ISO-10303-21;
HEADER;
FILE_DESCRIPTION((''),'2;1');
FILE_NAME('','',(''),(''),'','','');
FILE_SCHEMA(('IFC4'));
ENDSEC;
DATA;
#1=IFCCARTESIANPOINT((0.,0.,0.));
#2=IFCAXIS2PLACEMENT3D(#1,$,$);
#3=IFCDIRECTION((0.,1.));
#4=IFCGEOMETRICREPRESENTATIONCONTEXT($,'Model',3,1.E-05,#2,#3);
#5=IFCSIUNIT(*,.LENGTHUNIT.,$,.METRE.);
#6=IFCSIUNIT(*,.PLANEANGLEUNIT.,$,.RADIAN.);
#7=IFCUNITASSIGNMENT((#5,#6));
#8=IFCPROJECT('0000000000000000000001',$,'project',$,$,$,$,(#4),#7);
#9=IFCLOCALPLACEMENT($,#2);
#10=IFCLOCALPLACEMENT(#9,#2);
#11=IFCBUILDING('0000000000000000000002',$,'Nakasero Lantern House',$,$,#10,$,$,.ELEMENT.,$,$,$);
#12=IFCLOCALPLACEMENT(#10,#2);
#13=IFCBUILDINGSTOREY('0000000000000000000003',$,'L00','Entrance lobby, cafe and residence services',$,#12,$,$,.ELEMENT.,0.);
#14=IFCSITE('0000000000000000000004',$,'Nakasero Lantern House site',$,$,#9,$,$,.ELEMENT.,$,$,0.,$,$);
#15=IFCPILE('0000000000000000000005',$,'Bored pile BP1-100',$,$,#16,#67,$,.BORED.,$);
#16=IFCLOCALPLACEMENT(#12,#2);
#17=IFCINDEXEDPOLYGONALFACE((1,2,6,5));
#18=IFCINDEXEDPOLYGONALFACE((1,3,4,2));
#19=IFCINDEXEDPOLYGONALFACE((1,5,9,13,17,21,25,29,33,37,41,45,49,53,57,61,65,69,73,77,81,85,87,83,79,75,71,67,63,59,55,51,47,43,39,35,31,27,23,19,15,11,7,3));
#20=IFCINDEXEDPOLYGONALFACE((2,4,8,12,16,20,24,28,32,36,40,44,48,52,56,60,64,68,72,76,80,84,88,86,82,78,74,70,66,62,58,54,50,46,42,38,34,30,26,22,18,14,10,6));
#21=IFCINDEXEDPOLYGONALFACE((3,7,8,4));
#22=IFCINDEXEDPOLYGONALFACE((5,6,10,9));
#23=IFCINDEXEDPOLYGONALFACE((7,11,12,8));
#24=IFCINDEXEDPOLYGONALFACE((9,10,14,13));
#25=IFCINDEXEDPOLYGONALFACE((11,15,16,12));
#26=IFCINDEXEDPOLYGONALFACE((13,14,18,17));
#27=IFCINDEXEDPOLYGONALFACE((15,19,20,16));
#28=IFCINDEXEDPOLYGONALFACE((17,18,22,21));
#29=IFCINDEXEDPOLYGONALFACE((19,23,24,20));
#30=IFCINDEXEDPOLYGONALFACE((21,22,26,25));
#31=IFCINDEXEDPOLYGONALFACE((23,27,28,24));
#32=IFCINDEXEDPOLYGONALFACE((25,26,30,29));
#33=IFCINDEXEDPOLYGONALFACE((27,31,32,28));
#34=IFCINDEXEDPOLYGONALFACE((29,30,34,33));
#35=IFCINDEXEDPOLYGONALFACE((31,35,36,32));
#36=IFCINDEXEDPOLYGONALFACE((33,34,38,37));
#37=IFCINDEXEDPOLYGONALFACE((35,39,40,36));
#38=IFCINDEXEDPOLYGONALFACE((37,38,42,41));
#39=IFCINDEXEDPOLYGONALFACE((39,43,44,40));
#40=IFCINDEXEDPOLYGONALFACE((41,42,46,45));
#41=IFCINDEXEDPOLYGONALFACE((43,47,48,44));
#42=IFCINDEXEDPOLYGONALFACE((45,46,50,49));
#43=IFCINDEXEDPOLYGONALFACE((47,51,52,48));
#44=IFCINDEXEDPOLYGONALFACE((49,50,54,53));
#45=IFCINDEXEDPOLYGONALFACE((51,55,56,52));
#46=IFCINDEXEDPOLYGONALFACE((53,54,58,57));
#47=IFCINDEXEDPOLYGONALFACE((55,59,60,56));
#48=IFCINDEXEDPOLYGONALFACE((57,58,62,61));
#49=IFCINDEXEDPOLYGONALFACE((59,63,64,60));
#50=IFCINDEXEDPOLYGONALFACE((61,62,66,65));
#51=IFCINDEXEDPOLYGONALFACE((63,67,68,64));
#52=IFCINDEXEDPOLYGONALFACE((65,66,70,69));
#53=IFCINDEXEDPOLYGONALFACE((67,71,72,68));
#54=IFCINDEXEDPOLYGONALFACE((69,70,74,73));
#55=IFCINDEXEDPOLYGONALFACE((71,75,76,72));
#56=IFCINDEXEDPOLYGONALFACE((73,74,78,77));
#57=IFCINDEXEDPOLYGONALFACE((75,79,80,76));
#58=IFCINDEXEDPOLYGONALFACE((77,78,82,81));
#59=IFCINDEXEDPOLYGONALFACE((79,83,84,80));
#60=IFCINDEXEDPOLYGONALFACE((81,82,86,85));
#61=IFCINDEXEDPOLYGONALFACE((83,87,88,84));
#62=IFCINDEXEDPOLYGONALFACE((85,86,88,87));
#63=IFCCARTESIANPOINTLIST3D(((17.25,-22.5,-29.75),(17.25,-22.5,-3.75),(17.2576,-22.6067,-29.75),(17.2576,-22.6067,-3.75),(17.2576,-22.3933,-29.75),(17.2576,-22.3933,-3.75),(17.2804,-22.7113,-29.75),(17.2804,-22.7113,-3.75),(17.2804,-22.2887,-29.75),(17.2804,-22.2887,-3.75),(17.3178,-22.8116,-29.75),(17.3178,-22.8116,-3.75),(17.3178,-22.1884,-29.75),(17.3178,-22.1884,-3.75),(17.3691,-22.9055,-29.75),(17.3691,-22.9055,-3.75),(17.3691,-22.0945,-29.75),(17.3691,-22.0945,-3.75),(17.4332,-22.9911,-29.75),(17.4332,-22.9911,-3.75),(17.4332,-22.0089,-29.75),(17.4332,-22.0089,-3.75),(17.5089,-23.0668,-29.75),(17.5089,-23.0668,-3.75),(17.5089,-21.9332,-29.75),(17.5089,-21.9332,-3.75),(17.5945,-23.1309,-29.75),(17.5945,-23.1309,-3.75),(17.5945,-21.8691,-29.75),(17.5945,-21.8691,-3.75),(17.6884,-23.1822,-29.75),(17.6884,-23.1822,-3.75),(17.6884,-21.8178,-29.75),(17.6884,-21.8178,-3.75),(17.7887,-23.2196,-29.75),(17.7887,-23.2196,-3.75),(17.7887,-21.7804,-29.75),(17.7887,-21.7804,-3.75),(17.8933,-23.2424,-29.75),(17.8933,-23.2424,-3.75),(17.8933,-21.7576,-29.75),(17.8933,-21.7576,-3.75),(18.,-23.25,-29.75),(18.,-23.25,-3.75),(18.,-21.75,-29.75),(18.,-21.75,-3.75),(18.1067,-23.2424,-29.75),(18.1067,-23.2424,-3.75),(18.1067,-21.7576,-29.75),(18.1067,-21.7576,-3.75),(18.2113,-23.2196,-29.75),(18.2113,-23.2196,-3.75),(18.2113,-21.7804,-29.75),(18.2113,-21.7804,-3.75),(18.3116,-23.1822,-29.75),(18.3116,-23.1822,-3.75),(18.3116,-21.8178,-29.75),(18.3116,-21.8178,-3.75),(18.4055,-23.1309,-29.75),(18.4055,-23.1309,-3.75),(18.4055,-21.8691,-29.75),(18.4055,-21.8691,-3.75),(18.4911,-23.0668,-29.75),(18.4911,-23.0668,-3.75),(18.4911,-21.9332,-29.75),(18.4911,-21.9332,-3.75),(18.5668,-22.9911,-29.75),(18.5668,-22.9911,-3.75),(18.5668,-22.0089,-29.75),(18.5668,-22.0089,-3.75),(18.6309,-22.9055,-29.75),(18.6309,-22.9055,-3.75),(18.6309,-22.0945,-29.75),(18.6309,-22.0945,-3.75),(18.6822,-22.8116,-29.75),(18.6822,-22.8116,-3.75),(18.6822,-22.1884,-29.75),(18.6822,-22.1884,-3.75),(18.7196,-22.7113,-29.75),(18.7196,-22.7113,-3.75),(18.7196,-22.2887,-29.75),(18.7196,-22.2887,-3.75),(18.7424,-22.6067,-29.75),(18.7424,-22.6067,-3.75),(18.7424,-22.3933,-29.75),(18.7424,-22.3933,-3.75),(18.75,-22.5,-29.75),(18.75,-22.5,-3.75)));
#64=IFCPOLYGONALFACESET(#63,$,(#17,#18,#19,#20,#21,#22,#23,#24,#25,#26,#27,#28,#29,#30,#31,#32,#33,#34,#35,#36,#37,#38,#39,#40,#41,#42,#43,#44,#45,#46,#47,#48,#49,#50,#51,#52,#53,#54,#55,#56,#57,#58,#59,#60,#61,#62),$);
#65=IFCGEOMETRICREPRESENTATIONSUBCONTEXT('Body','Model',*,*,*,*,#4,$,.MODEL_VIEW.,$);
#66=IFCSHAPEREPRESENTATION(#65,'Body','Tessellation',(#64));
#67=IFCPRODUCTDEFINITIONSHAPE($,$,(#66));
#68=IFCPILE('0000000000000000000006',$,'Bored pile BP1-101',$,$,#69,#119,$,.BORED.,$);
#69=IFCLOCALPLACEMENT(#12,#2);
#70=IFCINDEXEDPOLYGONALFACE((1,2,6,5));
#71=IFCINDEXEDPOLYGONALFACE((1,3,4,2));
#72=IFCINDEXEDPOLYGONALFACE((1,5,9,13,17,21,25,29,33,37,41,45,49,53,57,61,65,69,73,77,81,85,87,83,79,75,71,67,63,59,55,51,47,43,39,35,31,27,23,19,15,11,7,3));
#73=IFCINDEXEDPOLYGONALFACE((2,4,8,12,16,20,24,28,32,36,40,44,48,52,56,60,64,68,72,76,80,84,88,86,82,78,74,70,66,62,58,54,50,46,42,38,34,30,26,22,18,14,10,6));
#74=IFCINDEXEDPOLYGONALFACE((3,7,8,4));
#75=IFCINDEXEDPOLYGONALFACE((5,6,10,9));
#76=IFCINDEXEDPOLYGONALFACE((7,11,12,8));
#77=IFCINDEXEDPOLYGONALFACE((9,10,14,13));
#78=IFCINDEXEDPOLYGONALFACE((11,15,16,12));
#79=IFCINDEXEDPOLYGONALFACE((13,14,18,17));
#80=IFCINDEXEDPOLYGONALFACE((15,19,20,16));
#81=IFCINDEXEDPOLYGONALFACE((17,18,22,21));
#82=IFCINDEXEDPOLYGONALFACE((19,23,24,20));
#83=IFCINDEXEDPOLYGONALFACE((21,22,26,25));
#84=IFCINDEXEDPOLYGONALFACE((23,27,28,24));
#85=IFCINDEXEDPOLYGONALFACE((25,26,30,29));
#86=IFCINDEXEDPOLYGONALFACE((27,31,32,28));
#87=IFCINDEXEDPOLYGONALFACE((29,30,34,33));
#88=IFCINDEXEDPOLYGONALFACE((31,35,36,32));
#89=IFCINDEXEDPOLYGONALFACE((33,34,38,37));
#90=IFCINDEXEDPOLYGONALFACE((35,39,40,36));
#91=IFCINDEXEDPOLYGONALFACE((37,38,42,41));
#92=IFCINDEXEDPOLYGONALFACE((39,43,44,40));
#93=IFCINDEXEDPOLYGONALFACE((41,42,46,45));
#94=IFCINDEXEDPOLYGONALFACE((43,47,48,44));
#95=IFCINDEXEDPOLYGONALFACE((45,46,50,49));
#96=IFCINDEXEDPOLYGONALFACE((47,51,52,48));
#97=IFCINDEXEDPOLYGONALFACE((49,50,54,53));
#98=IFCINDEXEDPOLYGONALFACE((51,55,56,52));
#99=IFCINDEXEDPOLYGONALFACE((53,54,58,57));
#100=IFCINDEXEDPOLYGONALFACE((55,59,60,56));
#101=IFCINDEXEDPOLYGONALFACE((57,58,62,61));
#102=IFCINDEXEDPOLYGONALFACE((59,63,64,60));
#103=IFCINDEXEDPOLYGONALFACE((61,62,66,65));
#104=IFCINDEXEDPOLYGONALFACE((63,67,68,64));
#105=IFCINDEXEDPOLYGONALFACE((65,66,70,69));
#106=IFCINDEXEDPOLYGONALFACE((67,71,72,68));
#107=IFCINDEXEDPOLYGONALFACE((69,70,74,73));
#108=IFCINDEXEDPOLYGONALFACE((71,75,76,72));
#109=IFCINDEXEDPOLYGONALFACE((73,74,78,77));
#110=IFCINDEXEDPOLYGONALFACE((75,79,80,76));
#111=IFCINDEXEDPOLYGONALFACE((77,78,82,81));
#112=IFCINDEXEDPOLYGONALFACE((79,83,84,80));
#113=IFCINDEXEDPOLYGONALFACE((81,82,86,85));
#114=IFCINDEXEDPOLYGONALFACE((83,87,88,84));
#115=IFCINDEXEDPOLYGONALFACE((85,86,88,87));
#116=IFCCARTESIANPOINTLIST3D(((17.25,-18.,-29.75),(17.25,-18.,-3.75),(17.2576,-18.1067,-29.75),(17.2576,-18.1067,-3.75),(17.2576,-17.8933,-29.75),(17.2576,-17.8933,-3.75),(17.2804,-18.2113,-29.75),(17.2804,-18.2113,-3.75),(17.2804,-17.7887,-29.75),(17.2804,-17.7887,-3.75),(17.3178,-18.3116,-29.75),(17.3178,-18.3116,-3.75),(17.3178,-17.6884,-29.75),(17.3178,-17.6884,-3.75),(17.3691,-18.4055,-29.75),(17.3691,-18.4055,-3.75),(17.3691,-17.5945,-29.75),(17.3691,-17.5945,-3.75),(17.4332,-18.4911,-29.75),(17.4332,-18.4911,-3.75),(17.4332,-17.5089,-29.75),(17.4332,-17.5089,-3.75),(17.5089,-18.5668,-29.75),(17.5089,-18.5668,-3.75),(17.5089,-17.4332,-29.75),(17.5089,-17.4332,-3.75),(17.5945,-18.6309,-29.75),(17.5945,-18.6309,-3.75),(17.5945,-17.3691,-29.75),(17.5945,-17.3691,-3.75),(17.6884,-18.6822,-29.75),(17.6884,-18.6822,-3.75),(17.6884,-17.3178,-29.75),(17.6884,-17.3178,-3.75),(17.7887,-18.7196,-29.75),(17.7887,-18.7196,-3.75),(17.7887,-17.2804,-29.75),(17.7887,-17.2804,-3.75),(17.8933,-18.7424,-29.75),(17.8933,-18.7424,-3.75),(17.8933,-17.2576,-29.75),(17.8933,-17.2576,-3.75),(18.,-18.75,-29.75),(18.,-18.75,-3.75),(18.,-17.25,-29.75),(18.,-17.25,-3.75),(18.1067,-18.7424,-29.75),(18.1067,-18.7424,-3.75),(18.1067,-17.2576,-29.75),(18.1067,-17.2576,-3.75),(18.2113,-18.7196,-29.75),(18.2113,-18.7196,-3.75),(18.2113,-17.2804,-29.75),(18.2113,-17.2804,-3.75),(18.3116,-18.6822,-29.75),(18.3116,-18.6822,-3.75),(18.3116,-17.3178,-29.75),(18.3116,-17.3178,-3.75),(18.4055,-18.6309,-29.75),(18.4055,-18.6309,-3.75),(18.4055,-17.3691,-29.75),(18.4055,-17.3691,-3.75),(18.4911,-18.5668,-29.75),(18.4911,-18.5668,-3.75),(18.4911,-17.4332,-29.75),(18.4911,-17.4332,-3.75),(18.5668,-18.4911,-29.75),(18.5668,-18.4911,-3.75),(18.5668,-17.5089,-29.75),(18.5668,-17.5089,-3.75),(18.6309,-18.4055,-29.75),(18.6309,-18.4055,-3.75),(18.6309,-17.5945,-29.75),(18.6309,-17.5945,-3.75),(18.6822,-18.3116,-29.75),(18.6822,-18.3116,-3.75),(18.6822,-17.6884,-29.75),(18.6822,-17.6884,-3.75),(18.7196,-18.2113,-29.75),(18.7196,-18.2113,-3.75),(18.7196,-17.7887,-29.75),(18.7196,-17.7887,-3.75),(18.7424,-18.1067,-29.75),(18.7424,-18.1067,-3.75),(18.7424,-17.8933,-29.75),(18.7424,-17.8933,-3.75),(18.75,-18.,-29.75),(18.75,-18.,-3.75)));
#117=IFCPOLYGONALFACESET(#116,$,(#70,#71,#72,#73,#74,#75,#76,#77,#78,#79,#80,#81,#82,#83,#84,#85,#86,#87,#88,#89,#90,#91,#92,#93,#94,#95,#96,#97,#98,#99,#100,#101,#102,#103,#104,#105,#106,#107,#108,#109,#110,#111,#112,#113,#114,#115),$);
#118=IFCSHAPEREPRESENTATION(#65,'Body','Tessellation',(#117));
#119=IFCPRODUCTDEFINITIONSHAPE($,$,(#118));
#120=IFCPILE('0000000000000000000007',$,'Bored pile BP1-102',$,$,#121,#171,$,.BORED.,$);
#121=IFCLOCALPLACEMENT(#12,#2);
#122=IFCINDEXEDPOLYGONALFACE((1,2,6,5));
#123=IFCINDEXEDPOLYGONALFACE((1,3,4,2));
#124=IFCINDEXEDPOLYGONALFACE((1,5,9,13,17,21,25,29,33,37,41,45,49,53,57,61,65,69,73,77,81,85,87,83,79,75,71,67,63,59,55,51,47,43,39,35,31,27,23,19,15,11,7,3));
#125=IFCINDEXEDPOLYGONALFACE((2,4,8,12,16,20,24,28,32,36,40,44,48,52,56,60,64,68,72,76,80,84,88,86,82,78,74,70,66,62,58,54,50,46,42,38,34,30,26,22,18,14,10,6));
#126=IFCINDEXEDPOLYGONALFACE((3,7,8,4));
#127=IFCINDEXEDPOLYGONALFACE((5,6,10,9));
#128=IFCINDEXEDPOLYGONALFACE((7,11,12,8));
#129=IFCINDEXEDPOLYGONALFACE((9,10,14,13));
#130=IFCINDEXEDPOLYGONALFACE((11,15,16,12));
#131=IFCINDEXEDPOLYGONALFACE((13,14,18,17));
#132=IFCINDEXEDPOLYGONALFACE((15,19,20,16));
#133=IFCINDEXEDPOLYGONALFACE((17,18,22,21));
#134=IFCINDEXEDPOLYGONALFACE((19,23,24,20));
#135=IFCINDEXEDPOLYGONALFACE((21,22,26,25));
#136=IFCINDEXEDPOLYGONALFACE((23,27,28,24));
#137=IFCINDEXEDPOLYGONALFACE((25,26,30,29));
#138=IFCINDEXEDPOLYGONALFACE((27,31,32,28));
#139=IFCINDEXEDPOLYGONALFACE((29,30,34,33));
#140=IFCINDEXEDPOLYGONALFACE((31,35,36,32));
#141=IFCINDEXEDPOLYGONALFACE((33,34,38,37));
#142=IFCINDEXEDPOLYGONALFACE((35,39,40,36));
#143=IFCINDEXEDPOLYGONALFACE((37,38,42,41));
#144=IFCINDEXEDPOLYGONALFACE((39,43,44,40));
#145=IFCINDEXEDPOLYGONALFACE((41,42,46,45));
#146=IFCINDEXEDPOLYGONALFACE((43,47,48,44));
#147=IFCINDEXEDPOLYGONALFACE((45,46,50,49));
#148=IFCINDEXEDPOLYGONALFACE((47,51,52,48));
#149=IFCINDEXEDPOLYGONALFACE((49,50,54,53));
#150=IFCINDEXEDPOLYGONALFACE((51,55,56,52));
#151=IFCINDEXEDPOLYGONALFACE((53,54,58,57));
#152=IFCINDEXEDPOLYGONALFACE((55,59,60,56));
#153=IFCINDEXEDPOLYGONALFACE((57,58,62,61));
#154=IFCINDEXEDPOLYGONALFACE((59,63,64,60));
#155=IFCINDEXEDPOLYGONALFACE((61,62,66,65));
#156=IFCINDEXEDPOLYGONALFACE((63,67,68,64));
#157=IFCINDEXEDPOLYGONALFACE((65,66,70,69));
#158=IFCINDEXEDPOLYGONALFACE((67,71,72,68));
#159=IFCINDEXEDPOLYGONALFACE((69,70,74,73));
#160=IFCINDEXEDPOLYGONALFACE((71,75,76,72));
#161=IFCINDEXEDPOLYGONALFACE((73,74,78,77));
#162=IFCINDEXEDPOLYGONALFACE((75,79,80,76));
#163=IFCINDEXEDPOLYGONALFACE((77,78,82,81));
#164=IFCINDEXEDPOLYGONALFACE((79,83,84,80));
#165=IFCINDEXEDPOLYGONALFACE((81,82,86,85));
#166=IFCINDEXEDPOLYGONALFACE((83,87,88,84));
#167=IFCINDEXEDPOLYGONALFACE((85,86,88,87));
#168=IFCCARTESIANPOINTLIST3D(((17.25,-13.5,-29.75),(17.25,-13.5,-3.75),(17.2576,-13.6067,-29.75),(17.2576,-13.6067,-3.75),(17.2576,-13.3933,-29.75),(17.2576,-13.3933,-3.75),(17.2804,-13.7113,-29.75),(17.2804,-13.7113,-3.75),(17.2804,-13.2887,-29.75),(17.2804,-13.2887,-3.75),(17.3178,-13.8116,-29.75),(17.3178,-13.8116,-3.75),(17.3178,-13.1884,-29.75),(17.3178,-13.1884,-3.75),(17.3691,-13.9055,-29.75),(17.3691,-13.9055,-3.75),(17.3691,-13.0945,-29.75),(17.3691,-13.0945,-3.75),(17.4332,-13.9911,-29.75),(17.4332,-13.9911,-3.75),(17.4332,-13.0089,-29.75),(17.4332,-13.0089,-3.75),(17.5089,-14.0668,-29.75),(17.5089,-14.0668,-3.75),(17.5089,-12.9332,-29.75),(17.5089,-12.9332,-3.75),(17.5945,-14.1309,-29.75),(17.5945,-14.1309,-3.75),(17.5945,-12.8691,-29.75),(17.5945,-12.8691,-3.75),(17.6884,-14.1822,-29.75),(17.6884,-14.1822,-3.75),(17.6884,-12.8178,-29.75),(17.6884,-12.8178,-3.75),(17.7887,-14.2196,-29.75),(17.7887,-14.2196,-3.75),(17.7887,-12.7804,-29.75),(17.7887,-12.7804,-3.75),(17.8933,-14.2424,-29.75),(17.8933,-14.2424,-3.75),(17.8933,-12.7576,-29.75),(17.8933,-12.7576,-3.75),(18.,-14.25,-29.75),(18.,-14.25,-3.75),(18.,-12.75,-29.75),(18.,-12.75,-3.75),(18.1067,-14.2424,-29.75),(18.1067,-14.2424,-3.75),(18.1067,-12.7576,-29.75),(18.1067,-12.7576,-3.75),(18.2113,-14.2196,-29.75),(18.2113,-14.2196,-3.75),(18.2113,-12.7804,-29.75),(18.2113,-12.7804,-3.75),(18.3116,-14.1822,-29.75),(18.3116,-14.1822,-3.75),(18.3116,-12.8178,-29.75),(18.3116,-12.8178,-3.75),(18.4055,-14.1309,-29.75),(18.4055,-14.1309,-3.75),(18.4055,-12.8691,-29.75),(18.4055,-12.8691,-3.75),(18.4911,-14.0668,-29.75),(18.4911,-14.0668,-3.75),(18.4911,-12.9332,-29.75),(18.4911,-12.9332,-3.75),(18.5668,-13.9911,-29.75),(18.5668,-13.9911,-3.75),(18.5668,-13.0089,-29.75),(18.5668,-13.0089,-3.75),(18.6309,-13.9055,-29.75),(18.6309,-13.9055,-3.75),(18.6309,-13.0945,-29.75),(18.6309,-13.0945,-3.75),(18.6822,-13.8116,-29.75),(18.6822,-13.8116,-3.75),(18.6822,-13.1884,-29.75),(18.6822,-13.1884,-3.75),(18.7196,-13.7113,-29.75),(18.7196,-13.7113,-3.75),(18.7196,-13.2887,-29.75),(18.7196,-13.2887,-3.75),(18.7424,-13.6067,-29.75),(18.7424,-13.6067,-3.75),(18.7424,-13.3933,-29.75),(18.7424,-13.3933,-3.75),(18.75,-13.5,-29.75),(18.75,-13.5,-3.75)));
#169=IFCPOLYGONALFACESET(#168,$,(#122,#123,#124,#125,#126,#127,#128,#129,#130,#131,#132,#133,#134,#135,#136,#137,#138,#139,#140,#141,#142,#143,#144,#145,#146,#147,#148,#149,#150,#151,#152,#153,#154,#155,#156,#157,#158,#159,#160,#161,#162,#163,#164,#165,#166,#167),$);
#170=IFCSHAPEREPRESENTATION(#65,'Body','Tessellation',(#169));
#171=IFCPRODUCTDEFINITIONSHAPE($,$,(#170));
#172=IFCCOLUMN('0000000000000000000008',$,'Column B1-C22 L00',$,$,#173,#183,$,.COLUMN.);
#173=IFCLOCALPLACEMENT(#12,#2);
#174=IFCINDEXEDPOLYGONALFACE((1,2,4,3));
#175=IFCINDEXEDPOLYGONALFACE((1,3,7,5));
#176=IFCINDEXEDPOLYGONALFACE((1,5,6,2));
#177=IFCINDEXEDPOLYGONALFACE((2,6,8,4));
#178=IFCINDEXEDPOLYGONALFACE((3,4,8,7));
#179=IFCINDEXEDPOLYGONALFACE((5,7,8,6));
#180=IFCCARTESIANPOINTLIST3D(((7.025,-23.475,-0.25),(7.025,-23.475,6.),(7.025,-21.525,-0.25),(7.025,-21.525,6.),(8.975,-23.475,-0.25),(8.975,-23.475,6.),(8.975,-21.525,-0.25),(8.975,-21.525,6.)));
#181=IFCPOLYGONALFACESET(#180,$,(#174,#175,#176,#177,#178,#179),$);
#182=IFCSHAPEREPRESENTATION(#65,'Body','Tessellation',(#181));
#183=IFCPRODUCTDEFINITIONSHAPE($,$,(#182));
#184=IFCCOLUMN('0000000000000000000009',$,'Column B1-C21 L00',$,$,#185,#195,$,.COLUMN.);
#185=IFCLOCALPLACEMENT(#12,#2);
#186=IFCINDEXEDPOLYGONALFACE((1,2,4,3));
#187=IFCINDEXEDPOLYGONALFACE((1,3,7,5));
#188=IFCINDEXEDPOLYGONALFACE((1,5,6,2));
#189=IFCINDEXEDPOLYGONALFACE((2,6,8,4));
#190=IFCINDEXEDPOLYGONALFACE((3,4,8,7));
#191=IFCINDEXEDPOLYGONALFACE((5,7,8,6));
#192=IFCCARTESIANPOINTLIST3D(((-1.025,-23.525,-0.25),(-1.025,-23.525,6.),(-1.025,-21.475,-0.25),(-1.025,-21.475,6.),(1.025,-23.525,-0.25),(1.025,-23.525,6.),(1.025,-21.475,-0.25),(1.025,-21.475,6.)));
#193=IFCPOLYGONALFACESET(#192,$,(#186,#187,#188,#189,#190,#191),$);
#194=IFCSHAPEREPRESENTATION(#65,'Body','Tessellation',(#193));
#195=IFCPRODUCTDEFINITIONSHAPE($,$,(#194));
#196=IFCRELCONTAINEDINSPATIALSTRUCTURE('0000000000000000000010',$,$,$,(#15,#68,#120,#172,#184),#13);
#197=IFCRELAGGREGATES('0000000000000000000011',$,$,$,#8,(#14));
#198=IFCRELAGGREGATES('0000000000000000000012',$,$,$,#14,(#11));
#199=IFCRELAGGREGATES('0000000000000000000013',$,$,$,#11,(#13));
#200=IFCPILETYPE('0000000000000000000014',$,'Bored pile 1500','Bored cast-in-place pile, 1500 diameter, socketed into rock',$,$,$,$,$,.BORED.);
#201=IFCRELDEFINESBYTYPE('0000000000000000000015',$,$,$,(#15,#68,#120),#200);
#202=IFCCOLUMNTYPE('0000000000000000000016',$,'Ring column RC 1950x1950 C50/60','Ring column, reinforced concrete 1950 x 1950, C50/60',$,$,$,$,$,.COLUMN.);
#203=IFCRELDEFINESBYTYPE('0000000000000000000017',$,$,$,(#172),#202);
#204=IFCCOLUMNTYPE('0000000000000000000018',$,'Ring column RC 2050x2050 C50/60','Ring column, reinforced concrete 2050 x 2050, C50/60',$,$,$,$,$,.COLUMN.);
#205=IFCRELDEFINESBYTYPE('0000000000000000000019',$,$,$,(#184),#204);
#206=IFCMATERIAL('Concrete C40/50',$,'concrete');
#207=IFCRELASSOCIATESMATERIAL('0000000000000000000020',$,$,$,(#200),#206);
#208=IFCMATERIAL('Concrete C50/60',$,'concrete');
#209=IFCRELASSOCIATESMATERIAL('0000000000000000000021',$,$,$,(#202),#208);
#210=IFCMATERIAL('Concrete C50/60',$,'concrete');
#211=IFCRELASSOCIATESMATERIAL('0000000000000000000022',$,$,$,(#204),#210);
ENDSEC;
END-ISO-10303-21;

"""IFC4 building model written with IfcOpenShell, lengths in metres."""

from ifc_helpers import new_model, si_unit, direction, frame, origin, origin_2d, place, context, subcontext, project, spatial, rectangle, circle, extrude, material, material_profile, profile_set, type_object, element, save


model = new_model("IFC4")

# Units and contexts
model_context = context("Model", 3, precision=1e-05, world=origin(), true_north=direction((0.0, 1.0)))
body_context = subcontext(model_context, "Body", "Model", "MODEL_VIEW")
ifc_project = project(units=[si_unit("LENGTHUNIT", "METRE"), si_unit("PLANEANGLEUNIT", "RADIAN")], contexts=[model_context])

# Site, building, storey
site_placement = place(None, origin())
site = spatial("IfcSite", under=ifc_project, at=site_placement, Name="Nakasero Lantern House site", CompositionType="ELEMENT", RefElevation=0.0)
building_placement = place(site_placement, origin())
building = spatial("IfcBuilding", under=site, at=building_placement, Name="Nakasero Lantern House", CompositionType="ELEMENT")
storey_placement = place(building_placement, origin())
storey = spatial("IfcBuildingStorey", under=building, at=storey_placement, Name="L00", Description="Entrance lobby, cafe and residence services", CompositionType="ELEMENT", Elevation=0.0)

# Piles
ifc_material_1 = material(Name="Concrete C40/50", Category="concrete")
pile_type = type_object("IfcPileType", Name="Bored pile 1500", Description="Bored cast-in-place pile, 1500 diameter, socketed into rock", PredefinedType="BORED", material=ifc_material_1)
for number, where, z_axis, x_axis, name in (
    (1, (18.0, -22.5, -3.75), (0.0, 0.0, -1.0), (1.0, 0.0, 0.0), "Bored pile BP1-100"),
    (2, (18.0, -18.0, -3.75), (0.0, 0.0, -1.0), (1.0, 0.0, 0.0), "Bored pile BP1-101"),
    (3, (18.0, -13.5, -3.75), (0.0, 0.0, -1.0), (1.0, 0.0, 0.0), "Bored pile BP1-102"),
):
    element("IfcPile", number, at=place(storey_placement, frame(where, z_axis=z_axis, x_axis=x_axis)), inside=storey, type_object=pile_type, Name=name, PredefinedType="BORED", context=body_context, shape_type="SweptSolid", body=[
        extrude(circle(Radius=0.75, at=origin_2d()), origin(), (0.0, 0.0, 1.0), 26.0),
    ])

# Columns
ifc_material_2 = material(Name="Concrete C50/60", Category="concrete")
ifc_material_profile_1 = material_profile(ifc_material_2, rectangle(XDim=1.95, YDim=1.95, at=origin_2d()), Name="RC 1950x1950")
ifc_profile_set_1 = profile_set([ifc_material_profile_1], Name="Concrete C50/60")
column_type_1 = type_object("IfcColumnType", Name="Ring column RC 1950x1950 C50/60", Description="Ring column, reinforced concrete 1950 x 1950, C50/60", PredefinedType="COLUMN", material=ifc_profile_set_1)
column_1_placement = place(storey_placement, frame((8.0, -22.5, -0.25), z_axis=(0.0, 0.0, 1.0), x_axis=(1.0, 0.0, 0.0)))
element("IfcColumn", 4, at=column_1_placement, inside=storey, type_object=column_type_1, Name="Column B1-C22 L00", PredefinedType="COLUMN", context=body_context, shape_type="SweptSolid", body=[
    extrude(rectangle(XDim=1.95, YDim=1.95, at=origin_2d()), origin(), (0.0, 0.0, 1.0), 6.25),
])
ifc_material_3 = material(Name="Concrete C50/60", Category="concrete")
ifc_material_profile_2 = material_profile(ifc_material_3, rectangle(XDim=2.05, YDim=2.05, at=origin_2d()), Name="RC 2050x2050")
ifc_profile_set_2 = profile_set([ifc_material_profile_2], Name="Concrete C50/60")
column_type_2 = type_object("IfcColumnType", Name="Ring column RC 2050x2050 C50/60", Description="Ring column, reinforced concrete 2050 x 2050, C50/60", PredefinedType="COLUMN", material=ifc_profile_set_2)
column_2_placement = place(storey_placement, frame((0.0, -22.5, -0.25), z_axis=(0.0, 0.0, 1.0), x_axis=(1.0, 0.0, 0.0)))
element("IfcColumn", 5, at=column_2_placement, inside=storey, type_object=column_type_2, Name="Column B1-C21 L00", PredefinedType="COLUMN", context=body_context, shape_type="SweptSolid", body=[
    extrude(rectangle(XDim=2.05, YDim=2.05, at=origin_2d()), origin(), (0.0, 0.0, 1.0), 6.25),
])

save(model, "model.ifc")
